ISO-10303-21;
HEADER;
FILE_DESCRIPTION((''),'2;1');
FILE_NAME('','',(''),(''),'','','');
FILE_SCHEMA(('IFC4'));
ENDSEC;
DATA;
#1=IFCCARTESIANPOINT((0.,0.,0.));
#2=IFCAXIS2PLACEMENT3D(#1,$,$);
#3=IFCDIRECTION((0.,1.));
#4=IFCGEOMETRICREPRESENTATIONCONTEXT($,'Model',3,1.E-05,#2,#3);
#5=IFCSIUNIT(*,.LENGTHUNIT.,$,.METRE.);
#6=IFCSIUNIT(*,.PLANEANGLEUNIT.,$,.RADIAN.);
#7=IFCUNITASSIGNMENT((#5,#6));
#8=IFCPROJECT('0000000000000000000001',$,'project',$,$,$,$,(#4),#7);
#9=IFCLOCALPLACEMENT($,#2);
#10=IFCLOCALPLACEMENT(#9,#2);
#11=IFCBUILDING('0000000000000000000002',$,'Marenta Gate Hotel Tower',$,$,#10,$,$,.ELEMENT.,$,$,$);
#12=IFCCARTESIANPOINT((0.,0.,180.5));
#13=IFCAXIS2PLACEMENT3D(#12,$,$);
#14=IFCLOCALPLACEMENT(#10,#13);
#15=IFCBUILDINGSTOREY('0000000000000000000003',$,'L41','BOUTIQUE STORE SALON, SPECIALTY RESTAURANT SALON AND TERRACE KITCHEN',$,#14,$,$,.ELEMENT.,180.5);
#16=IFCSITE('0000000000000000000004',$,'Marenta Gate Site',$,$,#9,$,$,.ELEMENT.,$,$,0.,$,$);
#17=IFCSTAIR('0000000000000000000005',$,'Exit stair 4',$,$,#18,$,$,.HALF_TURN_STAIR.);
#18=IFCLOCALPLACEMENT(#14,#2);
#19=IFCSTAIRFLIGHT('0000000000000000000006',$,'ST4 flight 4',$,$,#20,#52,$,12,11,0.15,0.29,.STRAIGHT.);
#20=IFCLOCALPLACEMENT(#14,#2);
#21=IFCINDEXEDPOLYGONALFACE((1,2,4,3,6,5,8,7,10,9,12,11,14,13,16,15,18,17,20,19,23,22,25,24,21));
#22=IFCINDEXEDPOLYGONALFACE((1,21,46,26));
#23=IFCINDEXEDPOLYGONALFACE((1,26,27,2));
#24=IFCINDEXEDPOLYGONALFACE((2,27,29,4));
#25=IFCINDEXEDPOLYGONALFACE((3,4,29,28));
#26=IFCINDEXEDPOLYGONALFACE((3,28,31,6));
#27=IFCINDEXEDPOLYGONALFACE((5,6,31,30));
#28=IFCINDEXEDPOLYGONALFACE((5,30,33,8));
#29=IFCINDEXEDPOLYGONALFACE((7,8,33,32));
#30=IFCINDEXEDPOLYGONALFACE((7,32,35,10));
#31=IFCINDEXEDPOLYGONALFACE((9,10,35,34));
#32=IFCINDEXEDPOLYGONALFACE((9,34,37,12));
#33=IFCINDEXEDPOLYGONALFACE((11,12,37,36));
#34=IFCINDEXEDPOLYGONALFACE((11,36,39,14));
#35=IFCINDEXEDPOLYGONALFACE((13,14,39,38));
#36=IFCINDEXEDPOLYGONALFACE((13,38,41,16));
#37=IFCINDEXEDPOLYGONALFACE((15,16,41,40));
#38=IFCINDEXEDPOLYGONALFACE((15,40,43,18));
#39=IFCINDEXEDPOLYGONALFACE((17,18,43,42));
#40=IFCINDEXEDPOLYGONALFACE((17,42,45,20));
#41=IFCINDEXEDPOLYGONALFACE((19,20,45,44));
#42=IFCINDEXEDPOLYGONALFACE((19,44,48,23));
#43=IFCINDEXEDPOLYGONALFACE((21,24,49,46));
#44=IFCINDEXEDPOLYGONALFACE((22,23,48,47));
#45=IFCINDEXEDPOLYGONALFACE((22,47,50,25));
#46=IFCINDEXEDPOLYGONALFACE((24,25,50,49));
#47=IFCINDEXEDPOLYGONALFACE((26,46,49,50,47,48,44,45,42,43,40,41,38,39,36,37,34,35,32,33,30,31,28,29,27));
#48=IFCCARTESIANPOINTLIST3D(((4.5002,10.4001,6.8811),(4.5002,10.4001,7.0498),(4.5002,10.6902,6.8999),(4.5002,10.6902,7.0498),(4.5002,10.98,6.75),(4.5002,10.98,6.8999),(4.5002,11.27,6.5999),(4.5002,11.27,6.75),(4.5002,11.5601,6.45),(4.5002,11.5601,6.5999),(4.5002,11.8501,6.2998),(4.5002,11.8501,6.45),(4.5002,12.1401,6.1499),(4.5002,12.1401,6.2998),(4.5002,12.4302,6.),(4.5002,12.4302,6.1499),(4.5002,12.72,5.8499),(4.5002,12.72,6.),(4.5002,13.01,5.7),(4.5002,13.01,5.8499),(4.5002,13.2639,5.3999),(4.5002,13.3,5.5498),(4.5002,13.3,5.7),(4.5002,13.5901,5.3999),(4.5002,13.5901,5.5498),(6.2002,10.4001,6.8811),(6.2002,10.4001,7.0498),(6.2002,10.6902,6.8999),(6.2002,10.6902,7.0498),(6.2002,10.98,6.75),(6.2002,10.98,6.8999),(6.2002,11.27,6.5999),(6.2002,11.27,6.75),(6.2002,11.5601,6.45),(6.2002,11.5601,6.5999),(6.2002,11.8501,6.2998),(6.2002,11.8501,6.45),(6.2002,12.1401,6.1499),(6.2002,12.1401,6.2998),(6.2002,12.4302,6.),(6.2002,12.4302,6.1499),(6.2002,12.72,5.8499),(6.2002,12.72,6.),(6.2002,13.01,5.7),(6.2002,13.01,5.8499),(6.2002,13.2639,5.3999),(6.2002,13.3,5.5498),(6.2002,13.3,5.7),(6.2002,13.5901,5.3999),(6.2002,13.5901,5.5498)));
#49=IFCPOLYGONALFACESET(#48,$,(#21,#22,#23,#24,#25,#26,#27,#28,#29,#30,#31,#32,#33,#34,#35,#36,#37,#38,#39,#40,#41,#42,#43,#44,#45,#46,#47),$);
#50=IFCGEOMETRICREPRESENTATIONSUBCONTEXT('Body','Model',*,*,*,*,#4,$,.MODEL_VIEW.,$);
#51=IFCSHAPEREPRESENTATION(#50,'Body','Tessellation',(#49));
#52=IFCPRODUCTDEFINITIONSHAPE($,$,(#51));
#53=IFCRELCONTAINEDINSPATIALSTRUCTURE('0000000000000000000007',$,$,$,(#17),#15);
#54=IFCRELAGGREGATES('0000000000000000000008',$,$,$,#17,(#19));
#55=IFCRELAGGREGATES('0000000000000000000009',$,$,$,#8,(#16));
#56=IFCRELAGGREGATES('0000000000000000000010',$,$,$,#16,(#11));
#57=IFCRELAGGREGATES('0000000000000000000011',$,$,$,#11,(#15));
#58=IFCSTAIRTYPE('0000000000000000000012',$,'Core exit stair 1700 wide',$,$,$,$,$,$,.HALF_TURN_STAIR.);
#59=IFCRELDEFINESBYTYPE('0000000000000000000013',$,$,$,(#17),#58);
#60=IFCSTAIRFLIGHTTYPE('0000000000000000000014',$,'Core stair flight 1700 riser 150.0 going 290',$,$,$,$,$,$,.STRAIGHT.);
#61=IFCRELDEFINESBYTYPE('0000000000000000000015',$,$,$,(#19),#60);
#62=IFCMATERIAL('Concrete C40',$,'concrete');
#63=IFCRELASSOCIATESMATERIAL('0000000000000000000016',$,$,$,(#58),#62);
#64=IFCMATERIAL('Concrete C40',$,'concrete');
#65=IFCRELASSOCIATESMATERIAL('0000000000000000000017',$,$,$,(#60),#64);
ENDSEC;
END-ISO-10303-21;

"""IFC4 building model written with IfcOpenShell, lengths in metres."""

from ifc_helpers import new_model, si_unit, direction, frame, origin, place, context, subcontext, project, spatial, polyline, outline, extrude, material, type_object, element, aggregate, save


model = new_model("IFC4")

# Units and contexts
model_context = context("Model", 3, precision=1e-05, world=origin(), true_north=direction((0.0, 1.0)))
body_context = subcontext(model_context, "Body", "Model", "MODEL_VIEW")
ifc_project = project(units=[si_unit("LENGTHUNIT", "METRE"), si_unit("PLANEANGLEUNIT", "RADIAN")], contexts=[model_context])

# Site, building, storey
site_placement = place(None, origin())
site = spatial("IfcSite", under=ifc_project, at=site_placement, Name="Marenta Gate Site", CompositionType="ELEMENT", RefElevation=0.0)
building_placement = place(site_placement, origin())
building = spatial("IfcBuilding", under=site, at=building_placement, Name="Marenta Gate Hotel Tower", CompositionType="ELEMENT")
storey_placement = place(building_placement, frame((0.0, 0.0, 180.5)))
storey = spatial("IfcBuildingStorey", under=building, at=storey_placement, Name="L41", Description="BOUTIQUE STORE SALON, SPECIALTY RESTAURANT SALON AND TERRACE KITCHEN", CompositionType="ELEMENT", Elevation=180.5)

# Stair, stair flight
ifc_material_1 = material(Name="Concrete C40", Category="concrete")
stair_type = type_object("IfcStairType", Name="Core exit stair 1700 wide", PredefinedType="HALF_TURN_STAIR", material=ifc_material_1)
stair_placement = place(storey_placement, origin())
stair = element("IfcStair", 1, at=stair_placement, inside=storey, type_object=stair_type, Name="Exit stair 4", PredefinedType="HALF_TURN_STAIR")
ifc_material_2 = material(Name="Concrete C40", Category="concrete")
stair_flight_type = type_object("IfcStairFlightType", Name="Core stair flight 1700 riser 150.0 going 290", PredefinedType="STRAIGHT", material=ifc_material_2)
stair_flight_1_placement = place(storey_placement, frame((5.3501, 13.5901, 5.3999), z_axis=(0.0, 0.0, 1.0), x_axis=(0.0, -1.0, 0.0)))
stair_flight_1 = element("IfcStairFlight", 2, at=stair_flight_1_placement, type_object=stair_flight_type, Name="ST4 flight 4", NumberOfRisers=12, NumberOfTreads=11, PredefinedType="STRAIGHT", RiserHeight=0.15, TreadLength=0.29, context=body_context, shape_type="SweptSolid", body=[
    extrude(outline(polyline([(0.0, 0.0), (0.0, 0.1499), (0.29, 0.1499), (0.29, 0.3), (0.5801, 0.3), (0.5801, 0.45), (0.8701, 0.45), (0.8701, 0.6001), (1.1599, 0.6001), (1.1599, 0.75), (1.45, 0.75), (1.45, 0.8999), (1.74, 0.8999), (1.74, 1.05), (2.03, 1.05), (2.03, 1.2), (2.3201, 1.2), (2.3201, 1.3501), (2.6101, 1.3501), (2.6101, 1.5), (2.8999, 1.5), (2.8999, 1.6499), (3.1899, 1.6499), (3.1899, 1.8), (3.1899, 1.4812), (0.3262, 0.0), (0.0, 0.0)])), frame((0.0, 0.8501, 0.0), z_axis=(0.0, -1.0, 0.0), x_axis=(1.0, 0.0, 0.0)), (0.0, 0.0, 1.0), 1.7),
])
aggregate(stair, [stair_flight_1])

save(model, "model.ifc")
